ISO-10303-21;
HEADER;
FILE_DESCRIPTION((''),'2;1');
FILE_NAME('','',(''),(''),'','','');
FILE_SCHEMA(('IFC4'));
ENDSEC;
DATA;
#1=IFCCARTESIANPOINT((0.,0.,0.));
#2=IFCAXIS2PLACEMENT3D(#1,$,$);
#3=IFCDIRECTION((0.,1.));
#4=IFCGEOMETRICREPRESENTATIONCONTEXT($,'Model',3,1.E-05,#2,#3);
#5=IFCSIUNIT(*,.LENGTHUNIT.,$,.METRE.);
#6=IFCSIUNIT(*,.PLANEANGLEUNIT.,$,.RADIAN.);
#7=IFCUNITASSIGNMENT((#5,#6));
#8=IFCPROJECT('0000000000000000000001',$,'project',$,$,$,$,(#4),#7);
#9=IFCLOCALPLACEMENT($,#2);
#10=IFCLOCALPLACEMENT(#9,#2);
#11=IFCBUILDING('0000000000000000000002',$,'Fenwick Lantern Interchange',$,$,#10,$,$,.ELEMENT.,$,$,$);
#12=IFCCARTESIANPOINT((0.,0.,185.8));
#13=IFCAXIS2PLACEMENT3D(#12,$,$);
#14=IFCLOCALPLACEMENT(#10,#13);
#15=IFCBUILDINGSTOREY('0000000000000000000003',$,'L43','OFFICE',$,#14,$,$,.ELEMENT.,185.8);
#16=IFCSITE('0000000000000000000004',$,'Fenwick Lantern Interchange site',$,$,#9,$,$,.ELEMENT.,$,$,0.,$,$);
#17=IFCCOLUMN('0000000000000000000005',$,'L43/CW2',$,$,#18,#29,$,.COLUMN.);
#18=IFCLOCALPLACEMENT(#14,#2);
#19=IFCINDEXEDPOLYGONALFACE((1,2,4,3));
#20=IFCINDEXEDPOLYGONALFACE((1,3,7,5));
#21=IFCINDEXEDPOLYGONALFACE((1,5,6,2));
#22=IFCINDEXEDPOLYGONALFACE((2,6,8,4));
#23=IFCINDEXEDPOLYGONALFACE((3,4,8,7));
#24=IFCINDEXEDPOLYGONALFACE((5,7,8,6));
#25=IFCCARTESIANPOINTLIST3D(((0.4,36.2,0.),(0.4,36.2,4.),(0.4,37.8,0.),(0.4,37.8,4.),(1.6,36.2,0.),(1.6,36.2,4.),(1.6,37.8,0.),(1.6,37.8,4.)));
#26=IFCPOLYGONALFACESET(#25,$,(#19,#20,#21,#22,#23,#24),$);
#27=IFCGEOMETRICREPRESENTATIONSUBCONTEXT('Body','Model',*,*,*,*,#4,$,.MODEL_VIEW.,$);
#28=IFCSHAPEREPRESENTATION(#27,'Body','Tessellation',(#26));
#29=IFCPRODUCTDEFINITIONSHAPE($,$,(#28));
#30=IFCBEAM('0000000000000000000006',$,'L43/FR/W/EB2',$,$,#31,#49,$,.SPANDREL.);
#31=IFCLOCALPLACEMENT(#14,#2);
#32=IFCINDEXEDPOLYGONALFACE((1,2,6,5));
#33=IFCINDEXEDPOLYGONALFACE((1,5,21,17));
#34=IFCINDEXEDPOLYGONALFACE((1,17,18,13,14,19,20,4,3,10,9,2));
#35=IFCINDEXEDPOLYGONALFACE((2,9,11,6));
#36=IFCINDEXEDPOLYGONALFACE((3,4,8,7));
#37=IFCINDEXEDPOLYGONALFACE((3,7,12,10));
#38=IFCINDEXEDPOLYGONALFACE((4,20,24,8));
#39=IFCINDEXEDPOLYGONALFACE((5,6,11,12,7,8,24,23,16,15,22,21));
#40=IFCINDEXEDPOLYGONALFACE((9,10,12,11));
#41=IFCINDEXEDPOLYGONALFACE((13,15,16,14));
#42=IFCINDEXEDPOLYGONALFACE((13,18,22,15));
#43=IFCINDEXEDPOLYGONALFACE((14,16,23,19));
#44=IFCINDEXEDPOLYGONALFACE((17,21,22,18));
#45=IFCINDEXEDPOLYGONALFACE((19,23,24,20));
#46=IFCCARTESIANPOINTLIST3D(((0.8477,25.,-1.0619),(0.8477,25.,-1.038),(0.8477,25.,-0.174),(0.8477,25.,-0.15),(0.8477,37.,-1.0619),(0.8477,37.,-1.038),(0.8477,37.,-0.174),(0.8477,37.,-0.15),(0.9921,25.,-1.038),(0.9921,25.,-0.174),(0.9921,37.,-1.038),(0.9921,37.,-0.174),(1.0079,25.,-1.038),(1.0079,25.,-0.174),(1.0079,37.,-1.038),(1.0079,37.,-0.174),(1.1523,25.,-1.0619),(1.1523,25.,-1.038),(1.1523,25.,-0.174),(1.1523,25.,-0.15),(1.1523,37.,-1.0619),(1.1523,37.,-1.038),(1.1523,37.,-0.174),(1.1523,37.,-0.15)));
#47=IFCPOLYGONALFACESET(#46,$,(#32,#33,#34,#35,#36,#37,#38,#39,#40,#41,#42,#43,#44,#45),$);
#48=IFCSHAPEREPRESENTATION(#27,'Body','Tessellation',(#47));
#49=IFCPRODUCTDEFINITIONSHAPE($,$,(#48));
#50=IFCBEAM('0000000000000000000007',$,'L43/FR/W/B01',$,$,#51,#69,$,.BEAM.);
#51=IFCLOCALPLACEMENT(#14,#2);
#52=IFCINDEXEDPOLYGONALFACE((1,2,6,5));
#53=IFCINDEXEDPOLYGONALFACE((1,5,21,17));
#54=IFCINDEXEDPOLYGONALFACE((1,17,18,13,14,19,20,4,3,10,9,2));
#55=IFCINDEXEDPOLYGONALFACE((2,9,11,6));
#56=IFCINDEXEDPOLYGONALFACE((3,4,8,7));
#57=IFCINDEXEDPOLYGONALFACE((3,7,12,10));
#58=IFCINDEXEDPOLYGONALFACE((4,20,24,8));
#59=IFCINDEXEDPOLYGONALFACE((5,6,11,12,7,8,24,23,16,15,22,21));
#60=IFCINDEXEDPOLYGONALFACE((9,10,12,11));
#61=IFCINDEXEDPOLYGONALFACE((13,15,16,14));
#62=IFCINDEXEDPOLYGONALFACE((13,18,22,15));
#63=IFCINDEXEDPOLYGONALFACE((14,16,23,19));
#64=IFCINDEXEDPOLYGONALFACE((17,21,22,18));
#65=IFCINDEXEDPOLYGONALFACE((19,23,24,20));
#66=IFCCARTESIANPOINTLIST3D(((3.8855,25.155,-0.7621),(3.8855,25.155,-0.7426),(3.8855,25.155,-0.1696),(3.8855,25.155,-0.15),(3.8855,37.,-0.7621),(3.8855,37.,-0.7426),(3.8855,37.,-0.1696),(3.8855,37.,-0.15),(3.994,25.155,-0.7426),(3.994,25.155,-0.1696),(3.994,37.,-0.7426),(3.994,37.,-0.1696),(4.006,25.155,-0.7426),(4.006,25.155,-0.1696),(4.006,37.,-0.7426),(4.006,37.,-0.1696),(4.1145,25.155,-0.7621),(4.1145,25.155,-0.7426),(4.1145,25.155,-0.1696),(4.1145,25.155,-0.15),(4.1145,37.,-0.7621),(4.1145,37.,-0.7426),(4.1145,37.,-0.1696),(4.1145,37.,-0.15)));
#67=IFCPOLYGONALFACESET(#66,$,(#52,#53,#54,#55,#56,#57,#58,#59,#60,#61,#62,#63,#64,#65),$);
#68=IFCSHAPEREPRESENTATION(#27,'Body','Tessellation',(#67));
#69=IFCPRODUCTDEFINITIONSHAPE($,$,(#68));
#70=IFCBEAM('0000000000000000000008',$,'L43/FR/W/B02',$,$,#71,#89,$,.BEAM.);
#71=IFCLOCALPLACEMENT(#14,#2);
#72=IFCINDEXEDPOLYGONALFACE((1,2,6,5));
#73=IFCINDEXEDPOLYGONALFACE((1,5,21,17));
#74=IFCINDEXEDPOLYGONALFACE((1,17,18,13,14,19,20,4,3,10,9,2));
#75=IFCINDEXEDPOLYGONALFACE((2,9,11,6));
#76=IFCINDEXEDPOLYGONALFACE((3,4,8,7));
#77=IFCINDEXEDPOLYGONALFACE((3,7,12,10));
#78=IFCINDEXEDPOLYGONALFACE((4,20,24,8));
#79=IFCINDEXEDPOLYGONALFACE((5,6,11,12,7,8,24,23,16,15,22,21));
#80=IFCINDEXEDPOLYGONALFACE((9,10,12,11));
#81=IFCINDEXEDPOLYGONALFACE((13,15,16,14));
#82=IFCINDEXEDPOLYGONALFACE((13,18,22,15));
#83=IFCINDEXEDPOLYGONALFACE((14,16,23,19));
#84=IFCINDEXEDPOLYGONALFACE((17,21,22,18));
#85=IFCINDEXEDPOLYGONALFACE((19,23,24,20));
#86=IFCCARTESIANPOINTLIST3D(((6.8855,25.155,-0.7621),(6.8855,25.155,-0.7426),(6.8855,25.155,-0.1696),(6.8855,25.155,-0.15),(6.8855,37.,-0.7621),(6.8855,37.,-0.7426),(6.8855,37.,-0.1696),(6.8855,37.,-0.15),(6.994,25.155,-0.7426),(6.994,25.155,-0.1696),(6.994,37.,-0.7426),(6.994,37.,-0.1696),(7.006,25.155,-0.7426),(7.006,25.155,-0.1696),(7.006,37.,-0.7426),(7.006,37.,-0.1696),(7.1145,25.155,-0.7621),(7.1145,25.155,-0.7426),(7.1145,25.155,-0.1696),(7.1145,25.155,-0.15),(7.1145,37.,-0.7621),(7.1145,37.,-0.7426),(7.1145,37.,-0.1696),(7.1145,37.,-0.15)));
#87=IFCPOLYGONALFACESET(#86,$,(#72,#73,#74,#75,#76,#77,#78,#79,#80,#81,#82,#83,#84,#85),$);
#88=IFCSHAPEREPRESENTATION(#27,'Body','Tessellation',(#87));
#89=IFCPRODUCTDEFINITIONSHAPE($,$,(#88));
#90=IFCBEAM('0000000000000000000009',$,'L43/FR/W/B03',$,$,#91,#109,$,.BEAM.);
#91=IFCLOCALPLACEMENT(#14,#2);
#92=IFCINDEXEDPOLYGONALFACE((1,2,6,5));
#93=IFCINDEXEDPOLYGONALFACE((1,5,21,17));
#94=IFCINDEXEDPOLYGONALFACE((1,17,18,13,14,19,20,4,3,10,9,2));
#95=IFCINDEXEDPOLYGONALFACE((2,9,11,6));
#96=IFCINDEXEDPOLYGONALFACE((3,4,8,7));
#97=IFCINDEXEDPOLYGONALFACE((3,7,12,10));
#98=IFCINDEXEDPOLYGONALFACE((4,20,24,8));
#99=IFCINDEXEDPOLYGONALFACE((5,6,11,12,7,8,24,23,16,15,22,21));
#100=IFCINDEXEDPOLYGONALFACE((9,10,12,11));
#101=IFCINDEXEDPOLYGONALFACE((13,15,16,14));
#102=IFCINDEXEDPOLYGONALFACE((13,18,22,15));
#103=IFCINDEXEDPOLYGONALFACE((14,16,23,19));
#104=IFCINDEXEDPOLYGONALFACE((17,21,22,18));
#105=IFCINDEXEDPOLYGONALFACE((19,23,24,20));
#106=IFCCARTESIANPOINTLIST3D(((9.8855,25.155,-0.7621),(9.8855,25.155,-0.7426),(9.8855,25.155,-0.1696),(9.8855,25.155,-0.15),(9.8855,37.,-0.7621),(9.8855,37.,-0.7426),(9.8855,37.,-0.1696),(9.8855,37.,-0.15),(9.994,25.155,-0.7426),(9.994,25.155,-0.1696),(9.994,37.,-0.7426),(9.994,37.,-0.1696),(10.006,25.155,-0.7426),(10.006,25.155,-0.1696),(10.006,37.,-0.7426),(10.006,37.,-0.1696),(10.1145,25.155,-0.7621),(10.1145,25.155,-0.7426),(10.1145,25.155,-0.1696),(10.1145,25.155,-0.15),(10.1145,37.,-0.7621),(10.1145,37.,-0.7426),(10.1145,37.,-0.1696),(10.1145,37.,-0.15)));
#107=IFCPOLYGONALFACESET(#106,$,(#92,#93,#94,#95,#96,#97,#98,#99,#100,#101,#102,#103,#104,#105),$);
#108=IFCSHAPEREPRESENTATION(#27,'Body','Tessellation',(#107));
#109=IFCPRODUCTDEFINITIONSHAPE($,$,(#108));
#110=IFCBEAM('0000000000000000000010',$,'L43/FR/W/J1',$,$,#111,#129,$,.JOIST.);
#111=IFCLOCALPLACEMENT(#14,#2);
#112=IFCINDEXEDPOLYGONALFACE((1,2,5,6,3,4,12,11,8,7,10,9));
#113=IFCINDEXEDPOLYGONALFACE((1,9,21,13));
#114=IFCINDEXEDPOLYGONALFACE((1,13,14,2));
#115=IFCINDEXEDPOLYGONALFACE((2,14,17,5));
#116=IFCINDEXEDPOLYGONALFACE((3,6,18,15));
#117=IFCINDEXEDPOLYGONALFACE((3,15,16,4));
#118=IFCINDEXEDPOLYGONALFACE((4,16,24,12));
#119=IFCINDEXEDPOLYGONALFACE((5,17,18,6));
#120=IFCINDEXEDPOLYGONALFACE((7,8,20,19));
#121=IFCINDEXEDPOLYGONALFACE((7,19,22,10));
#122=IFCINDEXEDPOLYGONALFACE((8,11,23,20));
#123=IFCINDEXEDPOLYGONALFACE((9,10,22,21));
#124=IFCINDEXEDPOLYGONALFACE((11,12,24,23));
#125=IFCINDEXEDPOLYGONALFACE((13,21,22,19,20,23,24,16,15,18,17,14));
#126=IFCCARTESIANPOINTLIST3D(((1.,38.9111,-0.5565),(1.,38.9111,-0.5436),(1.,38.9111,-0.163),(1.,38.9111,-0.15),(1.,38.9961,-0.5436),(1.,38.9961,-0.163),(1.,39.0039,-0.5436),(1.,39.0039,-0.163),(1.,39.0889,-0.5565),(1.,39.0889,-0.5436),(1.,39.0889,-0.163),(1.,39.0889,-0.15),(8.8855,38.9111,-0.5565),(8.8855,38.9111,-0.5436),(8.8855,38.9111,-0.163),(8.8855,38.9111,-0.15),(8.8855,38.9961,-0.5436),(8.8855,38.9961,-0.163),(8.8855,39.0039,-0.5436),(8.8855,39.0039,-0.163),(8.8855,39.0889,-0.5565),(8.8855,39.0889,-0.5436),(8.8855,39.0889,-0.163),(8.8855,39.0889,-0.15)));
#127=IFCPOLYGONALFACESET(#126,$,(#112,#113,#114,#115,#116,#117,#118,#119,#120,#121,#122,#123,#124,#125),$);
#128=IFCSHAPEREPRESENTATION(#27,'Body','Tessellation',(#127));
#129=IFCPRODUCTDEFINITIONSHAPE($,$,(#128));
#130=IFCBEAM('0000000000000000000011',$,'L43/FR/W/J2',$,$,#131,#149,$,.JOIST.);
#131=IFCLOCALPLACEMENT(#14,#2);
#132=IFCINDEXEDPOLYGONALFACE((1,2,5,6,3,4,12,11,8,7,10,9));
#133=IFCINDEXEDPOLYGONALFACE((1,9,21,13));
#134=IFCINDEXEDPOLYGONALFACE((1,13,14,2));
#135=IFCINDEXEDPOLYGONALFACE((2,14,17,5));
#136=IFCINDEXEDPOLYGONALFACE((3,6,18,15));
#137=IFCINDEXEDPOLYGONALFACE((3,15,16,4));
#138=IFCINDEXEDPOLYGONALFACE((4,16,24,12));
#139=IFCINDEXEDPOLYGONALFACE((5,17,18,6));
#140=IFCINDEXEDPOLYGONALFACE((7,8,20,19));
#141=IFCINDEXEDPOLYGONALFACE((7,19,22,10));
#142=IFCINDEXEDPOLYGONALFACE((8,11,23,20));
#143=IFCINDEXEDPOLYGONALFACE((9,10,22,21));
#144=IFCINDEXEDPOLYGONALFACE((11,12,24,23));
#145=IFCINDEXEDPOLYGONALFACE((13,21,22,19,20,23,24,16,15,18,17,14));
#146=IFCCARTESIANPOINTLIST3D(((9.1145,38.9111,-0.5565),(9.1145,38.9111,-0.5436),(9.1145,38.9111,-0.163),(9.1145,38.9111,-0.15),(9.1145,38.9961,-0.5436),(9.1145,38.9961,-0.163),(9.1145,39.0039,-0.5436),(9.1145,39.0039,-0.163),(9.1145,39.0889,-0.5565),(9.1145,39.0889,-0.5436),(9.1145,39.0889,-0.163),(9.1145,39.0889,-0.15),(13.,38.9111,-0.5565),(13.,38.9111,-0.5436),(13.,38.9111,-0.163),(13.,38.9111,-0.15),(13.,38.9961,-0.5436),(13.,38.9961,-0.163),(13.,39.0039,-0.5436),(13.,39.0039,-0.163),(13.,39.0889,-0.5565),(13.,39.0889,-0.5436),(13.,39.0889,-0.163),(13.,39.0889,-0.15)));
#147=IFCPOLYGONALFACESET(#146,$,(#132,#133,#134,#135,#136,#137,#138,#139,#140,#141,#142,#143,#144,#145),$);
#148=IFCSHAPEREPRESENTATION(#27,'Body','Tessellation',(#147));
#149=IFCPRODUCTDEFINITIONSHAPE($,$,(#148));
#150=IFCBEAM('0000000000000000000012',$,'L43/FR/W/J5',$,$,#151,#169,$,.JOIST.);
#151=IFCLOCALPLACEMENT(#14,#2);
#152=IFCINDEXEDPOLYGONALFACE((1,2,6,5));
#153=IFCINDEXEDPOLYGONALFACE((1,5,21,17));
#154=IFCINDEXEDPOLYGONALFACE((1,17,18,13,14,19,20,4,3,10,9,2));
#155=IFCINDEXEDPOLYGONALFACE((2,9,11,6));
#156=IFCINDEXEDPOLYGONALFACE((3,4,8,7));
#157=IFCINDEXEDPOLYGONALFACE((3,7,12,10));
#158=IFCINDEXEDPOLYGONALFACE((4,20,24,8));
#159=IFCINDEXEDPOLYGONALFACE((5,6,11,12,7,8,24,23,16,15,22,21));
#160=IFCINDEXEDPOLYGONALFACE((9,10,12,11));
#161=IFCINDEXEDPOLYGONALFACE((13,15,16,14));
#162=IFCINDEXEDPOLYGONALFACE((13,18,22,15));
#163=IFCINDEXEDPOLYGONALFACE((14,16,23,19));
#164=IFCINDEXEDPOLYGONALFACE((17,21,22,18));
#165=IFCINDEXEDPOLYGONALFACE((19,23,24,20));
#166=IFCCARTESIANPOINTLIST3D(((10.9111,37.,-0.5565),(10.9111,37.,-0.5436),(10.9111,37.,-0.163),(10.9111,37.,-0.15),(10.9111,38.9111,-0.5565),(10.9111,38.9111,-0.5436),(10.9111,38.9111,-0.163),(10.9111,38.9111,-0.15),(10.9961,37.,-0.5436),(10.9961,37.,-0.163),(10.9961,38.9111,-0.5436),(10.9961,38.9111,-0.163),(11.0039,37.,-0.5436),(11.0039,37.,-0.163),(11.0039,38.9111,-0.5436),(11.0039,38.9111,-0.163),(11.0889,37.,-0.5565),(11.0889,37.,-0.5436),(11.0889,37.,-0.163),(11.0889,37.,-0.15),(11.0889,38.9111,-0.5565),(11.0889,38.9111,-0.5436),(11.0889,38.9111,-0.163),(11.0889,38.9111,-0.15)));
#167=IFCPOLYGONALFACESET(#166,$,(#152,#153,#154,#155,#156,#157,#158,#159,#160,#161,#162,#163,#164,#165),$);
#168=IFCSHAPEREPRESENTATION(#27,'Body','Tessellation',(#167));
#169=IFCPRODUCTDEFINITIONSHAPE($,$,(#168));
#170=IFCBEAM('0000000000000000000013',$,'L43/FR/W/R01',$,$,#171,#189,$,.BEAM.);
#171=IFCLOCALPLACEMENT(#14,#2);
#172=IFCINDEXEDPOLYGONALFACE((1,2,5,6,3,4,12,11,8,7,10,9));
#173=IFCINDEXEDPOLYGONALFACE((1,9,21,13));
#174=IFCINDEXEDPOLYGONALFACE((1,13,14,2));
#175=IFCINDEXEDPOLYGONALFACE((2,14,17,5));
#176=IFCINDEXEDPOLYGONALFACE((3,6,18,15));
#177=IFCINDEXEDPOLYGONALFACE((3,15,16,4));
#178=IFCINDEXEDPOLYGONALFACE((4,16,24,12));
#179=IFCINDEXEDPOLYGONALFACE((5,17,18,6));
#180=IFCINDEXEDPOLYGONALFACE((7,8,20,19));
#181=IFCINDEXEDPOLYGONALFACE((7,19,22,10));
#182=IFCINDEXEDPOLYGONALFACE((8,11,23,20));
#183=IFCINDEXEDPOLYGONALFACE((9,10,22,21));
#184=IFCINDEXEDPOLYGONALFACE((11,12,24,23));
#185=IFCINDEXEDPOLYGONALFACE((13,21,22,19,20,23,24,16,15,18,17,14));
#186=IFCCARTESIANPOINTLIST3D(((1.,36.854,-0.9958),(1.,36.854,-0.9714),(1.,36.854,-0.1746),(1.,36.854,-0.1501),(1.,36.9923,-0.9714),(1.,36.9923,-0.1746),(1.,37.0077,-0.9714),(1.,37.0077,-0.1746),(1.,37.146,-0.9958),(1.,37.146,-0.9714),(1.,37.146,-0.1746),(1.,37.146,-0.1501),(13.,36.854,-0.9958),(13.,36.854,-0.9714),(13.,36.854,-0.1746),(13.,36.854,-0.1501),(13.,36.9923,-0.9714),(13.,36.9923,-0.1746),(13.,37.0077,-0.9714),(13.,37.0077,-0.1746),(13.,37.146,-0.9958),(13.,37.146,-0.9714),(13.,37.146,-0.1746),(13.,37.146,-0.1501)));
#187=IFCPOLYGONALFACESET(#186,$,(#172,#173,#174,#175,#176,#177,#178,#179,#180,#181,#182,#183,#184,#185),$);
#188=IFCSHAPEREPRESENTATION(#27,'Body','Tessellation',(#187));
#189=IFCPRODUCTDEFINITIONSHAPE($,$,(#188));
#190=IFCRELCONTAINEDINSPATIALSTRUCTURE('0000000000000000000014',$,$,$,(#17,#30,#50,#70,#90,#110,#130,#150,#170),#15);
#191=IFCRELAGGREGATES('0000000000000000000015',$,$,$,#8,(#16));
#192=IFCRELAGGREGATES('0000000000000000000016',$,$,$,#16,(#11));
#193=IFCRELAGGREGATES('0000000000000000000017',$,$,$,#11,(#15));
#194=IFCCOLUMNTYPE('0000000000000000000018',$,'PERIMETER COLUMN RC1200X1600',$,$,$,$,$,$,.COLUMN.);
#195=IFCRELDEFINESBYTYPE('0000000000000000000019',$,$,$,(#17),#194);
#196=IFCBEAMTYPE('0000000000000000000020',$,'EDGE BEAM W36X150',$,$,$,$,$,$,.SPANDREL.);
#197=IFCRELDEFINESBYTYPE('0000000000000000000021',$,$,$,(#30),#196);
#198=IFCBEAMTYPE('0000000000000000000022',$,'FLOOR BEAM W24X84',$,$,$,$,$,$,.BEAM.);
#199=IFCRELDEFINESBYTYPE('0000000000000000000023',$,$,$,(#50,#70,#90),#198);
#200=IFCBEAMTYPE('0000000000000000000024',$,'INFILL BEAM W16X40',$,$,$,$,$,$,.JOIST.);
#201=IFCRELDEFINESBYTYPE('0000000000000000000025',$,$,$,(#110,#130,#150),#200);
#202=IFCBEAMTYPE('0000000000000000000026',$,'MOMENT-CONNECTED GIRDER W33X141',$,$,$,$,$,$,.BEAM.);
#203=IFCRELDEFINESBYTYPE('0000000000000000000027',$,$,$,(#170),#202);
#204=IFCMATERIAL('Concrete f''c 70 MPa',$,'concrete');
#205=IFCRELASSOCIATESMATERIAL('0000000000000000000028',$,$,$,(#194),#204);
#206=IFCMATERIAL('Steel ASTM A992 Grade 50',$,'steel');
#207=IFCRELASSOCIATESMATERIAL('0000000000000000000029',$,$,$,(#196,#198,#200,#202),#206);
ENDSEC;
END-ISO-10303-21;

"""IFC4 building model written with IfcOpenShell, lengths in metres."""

from ifc_helpers import new_model, si_unit, direction, frame, origin, origin_2d, place, context, subcontext, project, spatial, rectangle, i_section, extrude, material, material_profile, profile_set, type_object, element, save


model = new_model("IFC4")

# Units and contexts
model_context = context("Model", 3, precision=1e-05, world=origin(), true_north=direction((0.0, 1.0)))
body_context = subcontext(model_context, "Body", "Model", "MODEL_VIEW")
ifc_project = project(units=[si_unit("LENGTHUNIT", "METRE"), si_unit("PLANEANGLEUNIT", "RADIAN")], contexts=[model_context])

# Site, building, storey
site_placement = place(None, origin())
site = spatial("IfcSite", under=ifc_project, at=site_placement, Name="Fenwick Lantern Interchange site", CompositionType="ELEMENT", RefElevation=0.0)
building_placement = place(site_placement, origin())
building = spatial("IfcBuilding", under=site, at=building_placement, Name="Fenwick Lantern Interchange", CompositionType="ELEMENT")
storey_placement = place(building_placement, frame((0.0, 0.0, 185.8)))
storey = spatial("IfcBuildingStorey", under=building, at=storey_placement, Name="L43", Description="OFFICE", CompositionType="ELEMENT", Elevation=185.8)

# Column
ifc_material_1 = material(Name="Concrete f'c 70 MPa", Category="concrete")
ifc_material_profile_1 = material_profile(ifc_material_1, rectangle(XDim=1.2, YDim=1.6001, at=origin_2d()), Name="RC1200X1600")
ifc_profile_set_1 = profile_set([ifc_material_profile_1], Name="Concrete f'c 70 MPa")
column_type = type_object("IfcColumnType", Name="PERIMETER COLUMN RC1200X1600", PredefinedType="COLUMN", material=ifc_profile_set_1)
column_placement = place(storey_placement, frame((1.0, 37.0, 0.0), z_axis=(0.0, 0.0, 1.0), x_axis=(1.0, 0.0, 0.0)))
element("IfcColumn", 1, at=column_placement, inside=storey, type_object=column_type, Name="L43/CW2", PredefinedType="COLUMN", context=body_context, shape_type="SweptSolid", body=[
    extrude(rectangle(XDim=1.2, YDim=1.6001, at=origin_2d()), origin(), (0.0, 0.0, 1.0), 4.0),
])

# Beams
ifc_material_2 = material(Name="Steel ASTM A992 Grade 50", Category="steel")
ifc_material_profile_2 = material_profile(ifc_material_2, i_section(OverallWidth=0.3047, OverallDepth=0.9119, WebThickness=0.0159, FlangeThickness=0.0239, at=origin_2d()), Name="W36X150")
ifc_profile_set_2 = profile_set([ifc_material_profile_2], Name="Steel ASTM A992 Grade 50")
beam_type_1 = type_object("IfcBeamType", Name="EDGE BEAM W36X150", PredefinedType="SPANDREL", material=ifc_profile_set_2)
beam_1_placement = place(storey_placement, frame((1.0, 37.0, -0.606), z_axis=(0.0, -1.0, 0.0), x_axis=(1.0, 0.0, 0.0)))
element("IfcBeam", 2, at=beam_1_placement, inside=storey, type_object=beam_type_1, Name="L43/FR/W/EB2", PredefinedType="SPANDREL", context=body_context, shape_type="SweptSolid", body=[
    extrude(i_section(OverallWidth=0.3047, OverallDepth=0.9119, WebThickness=0.0159, FlangeThickness=0.0239, at=origin_2d()), origin(), (0.0, 0.0, 1.0), 12.0),
])
ifc_material_profile_3 = material_profile(ifc_material_2, i_section(OverallWidth=0.229, OverallDepth=0.6121, WebThickness=0.012, FlangeThickness=0.0195, at=origin_2d()), Name="W24X84")
ifc_profile_set_3 = profile_set([ifc_material_profile_3], Name="Steel ASTM A992 Grade 50")
beam_type_2 = type_object("IfcBeamType", Name="FLOOR BEAM W24X84", PredefinedType="BEAM", material=ifc_profile_set_3)
for number, where, z_axis, x_axis, name in (
    (3, (4.0, 37.0, -0.4561), (0.0, -1.0, 0.0), (1.0, 0.0, 0.0), "L43/FR/W/B01"),
    (4, (7.0, 37.0, -0.4561), (0.0, -1.0, 0.0), (1.0, 0.0, 0.0), "L43/FR/W/B02"),
    (5, (10.0, 37.0, -0.4561), (0.0, -1.0, 0.0), (1.0, 0.0, 0.0), "L43/FR/W/B03"),
):
    element("IfcBeam", number, at=place(storey_placement, frame(where, z_axis=z_axis, x_axis=x_axis)), inside=storey, type_object=beam_type_2, Name=name, PredefinedType="BEAM", context=body_context, shape_type="SweptSolid", body=[
        extrude(i_section(OverallWidth=0.229, OverallDepth=0.6121, WebThickness=0.012, FlangeThickness=0.0195, at=origin_2d()), origin(), (0.0, 0.0, 1.0), 11.845),
    ])
ifc_material_profile_4 = material_profile(ifc_material_2, i_section(OverallWidth=0.1777, OverallDepth=0.4065, WebThickness=0.0078, FlangeThickness=0.0129, at=origin_2d()), Name="W16X40")
ifc_profile_set_4 = profile_set([ifc_material_profile_4], Name="Steel ASTM A992 Grade 50")
beam_type_3 = type_object("IfcBeamType", Name="INFILL BEAM W16X40", PredefinedType="JOIST", material=ifc_profile_set_4)
beam_2_placement = place(storey_placement, frame((1.0, 39.0, -0.3533), z_axis=(1.0, 0.0, 0.0), x_axis=(0.0, 1.0, 0.0)))
element("IfcBeam", 6, at=beam_2_placement, inside=storey, type_object=beam_type_3, Name="L43/FR/W/J1", PredefinedType="JOIST", context=body_context, shape_type="SweptSolid", body=[
    extrude(i_section(OverallWidth=0.1777, OverallDepth=0.4065, WebThickness=0.0078, FlangeThickness=0.0129, at=origin_2d()), origin(), (0.0, 0.0, 1.0), 7.8855),
])
beam_3_placement = place(storey_placement, frame((9.1145, 39.0, -0.3533), z_axis=(1.0, 0.0, 0.0), x_axis=(0.0, 1.0, 0.0)))
element("IfcBeam", 7, at=beam_3_placement, inside=storey, type_object=beam_type_3, Name="L43/FR/W/J2", PredefinedType="JOIST", context=body_context, shape_type="SweptSolid", body=[
    extrude(i_section(OverallWidth=0.1777, OverallDepth=0.4065, WebThickness=0.0078, FlangeThickness=0.0129, at=origin_2d()), origin(), (0.0, 0.0, 1.0), 3.8855),
])
beam_4_placement = place(storey_placement, frame((11.0, 38.9111, -0.3533), z_axis=(0.0, -1.0, 0.0), x_axis=(1.0, 0.0, 0.0)))
element("IfcBeam", 8, at=beam_4_placement, inside=storey, type_object=beam_type_3, Name="L43/FR/W/J5", PredefinedType="JOIST", context=body_context, shape_type="SweptSolid", body=[
    extrude(i_section(OverallWidth=0.1777, OverallDepth=0.4065, WebThickness=0.0078, FlangeThickness=0.0129, at=origin_2d()), origin(), (0.0, 0.0, 1.0), 1.9111),
])
ifc_material_profile_5 = material_profile(ifc_material_2, i_section(OverallWidth=0.292, OverallDepth=0.8457, WebThickness=0.0154, FlangeThickness=0.0244, at=origin_2d()), Name="W33X141")
ifc_profile_set_5 = profile_set([ifc_material_profile_5], Name="Steel ASTM A992 Grade 50")
beam_type_4 = type_object("IfcBeamType", Name="MOMENT-CONNECTED GIRDER W33X141", PredefinedType="BEAM", material=ifc_profile_set_5)
beam_5_placement = place(storey_placement, frame((1.0, 37.0, -0.573), z_axis=(1.0, 0.0, 0.0), x_axis=(0.0, 1.0, 0.0)))
element("IfcBeam", 9, at=beam_5_placement, inside=storey, type_object=beam_type_4, Name="L43/FR/W/R01", PredefinedType="BEAM", context=body_context, shape_type="SweptSolid", body=[
    extrude(i_section(OverallWidth=0.292, OverallDepth=0.8457, WebThickness=0.0154, FlangeThickness=0.0244, at=origin_2d()), origin(), (0.0, 0.0, 1.0), 12.0),
])

save(model, "model.ifc")
